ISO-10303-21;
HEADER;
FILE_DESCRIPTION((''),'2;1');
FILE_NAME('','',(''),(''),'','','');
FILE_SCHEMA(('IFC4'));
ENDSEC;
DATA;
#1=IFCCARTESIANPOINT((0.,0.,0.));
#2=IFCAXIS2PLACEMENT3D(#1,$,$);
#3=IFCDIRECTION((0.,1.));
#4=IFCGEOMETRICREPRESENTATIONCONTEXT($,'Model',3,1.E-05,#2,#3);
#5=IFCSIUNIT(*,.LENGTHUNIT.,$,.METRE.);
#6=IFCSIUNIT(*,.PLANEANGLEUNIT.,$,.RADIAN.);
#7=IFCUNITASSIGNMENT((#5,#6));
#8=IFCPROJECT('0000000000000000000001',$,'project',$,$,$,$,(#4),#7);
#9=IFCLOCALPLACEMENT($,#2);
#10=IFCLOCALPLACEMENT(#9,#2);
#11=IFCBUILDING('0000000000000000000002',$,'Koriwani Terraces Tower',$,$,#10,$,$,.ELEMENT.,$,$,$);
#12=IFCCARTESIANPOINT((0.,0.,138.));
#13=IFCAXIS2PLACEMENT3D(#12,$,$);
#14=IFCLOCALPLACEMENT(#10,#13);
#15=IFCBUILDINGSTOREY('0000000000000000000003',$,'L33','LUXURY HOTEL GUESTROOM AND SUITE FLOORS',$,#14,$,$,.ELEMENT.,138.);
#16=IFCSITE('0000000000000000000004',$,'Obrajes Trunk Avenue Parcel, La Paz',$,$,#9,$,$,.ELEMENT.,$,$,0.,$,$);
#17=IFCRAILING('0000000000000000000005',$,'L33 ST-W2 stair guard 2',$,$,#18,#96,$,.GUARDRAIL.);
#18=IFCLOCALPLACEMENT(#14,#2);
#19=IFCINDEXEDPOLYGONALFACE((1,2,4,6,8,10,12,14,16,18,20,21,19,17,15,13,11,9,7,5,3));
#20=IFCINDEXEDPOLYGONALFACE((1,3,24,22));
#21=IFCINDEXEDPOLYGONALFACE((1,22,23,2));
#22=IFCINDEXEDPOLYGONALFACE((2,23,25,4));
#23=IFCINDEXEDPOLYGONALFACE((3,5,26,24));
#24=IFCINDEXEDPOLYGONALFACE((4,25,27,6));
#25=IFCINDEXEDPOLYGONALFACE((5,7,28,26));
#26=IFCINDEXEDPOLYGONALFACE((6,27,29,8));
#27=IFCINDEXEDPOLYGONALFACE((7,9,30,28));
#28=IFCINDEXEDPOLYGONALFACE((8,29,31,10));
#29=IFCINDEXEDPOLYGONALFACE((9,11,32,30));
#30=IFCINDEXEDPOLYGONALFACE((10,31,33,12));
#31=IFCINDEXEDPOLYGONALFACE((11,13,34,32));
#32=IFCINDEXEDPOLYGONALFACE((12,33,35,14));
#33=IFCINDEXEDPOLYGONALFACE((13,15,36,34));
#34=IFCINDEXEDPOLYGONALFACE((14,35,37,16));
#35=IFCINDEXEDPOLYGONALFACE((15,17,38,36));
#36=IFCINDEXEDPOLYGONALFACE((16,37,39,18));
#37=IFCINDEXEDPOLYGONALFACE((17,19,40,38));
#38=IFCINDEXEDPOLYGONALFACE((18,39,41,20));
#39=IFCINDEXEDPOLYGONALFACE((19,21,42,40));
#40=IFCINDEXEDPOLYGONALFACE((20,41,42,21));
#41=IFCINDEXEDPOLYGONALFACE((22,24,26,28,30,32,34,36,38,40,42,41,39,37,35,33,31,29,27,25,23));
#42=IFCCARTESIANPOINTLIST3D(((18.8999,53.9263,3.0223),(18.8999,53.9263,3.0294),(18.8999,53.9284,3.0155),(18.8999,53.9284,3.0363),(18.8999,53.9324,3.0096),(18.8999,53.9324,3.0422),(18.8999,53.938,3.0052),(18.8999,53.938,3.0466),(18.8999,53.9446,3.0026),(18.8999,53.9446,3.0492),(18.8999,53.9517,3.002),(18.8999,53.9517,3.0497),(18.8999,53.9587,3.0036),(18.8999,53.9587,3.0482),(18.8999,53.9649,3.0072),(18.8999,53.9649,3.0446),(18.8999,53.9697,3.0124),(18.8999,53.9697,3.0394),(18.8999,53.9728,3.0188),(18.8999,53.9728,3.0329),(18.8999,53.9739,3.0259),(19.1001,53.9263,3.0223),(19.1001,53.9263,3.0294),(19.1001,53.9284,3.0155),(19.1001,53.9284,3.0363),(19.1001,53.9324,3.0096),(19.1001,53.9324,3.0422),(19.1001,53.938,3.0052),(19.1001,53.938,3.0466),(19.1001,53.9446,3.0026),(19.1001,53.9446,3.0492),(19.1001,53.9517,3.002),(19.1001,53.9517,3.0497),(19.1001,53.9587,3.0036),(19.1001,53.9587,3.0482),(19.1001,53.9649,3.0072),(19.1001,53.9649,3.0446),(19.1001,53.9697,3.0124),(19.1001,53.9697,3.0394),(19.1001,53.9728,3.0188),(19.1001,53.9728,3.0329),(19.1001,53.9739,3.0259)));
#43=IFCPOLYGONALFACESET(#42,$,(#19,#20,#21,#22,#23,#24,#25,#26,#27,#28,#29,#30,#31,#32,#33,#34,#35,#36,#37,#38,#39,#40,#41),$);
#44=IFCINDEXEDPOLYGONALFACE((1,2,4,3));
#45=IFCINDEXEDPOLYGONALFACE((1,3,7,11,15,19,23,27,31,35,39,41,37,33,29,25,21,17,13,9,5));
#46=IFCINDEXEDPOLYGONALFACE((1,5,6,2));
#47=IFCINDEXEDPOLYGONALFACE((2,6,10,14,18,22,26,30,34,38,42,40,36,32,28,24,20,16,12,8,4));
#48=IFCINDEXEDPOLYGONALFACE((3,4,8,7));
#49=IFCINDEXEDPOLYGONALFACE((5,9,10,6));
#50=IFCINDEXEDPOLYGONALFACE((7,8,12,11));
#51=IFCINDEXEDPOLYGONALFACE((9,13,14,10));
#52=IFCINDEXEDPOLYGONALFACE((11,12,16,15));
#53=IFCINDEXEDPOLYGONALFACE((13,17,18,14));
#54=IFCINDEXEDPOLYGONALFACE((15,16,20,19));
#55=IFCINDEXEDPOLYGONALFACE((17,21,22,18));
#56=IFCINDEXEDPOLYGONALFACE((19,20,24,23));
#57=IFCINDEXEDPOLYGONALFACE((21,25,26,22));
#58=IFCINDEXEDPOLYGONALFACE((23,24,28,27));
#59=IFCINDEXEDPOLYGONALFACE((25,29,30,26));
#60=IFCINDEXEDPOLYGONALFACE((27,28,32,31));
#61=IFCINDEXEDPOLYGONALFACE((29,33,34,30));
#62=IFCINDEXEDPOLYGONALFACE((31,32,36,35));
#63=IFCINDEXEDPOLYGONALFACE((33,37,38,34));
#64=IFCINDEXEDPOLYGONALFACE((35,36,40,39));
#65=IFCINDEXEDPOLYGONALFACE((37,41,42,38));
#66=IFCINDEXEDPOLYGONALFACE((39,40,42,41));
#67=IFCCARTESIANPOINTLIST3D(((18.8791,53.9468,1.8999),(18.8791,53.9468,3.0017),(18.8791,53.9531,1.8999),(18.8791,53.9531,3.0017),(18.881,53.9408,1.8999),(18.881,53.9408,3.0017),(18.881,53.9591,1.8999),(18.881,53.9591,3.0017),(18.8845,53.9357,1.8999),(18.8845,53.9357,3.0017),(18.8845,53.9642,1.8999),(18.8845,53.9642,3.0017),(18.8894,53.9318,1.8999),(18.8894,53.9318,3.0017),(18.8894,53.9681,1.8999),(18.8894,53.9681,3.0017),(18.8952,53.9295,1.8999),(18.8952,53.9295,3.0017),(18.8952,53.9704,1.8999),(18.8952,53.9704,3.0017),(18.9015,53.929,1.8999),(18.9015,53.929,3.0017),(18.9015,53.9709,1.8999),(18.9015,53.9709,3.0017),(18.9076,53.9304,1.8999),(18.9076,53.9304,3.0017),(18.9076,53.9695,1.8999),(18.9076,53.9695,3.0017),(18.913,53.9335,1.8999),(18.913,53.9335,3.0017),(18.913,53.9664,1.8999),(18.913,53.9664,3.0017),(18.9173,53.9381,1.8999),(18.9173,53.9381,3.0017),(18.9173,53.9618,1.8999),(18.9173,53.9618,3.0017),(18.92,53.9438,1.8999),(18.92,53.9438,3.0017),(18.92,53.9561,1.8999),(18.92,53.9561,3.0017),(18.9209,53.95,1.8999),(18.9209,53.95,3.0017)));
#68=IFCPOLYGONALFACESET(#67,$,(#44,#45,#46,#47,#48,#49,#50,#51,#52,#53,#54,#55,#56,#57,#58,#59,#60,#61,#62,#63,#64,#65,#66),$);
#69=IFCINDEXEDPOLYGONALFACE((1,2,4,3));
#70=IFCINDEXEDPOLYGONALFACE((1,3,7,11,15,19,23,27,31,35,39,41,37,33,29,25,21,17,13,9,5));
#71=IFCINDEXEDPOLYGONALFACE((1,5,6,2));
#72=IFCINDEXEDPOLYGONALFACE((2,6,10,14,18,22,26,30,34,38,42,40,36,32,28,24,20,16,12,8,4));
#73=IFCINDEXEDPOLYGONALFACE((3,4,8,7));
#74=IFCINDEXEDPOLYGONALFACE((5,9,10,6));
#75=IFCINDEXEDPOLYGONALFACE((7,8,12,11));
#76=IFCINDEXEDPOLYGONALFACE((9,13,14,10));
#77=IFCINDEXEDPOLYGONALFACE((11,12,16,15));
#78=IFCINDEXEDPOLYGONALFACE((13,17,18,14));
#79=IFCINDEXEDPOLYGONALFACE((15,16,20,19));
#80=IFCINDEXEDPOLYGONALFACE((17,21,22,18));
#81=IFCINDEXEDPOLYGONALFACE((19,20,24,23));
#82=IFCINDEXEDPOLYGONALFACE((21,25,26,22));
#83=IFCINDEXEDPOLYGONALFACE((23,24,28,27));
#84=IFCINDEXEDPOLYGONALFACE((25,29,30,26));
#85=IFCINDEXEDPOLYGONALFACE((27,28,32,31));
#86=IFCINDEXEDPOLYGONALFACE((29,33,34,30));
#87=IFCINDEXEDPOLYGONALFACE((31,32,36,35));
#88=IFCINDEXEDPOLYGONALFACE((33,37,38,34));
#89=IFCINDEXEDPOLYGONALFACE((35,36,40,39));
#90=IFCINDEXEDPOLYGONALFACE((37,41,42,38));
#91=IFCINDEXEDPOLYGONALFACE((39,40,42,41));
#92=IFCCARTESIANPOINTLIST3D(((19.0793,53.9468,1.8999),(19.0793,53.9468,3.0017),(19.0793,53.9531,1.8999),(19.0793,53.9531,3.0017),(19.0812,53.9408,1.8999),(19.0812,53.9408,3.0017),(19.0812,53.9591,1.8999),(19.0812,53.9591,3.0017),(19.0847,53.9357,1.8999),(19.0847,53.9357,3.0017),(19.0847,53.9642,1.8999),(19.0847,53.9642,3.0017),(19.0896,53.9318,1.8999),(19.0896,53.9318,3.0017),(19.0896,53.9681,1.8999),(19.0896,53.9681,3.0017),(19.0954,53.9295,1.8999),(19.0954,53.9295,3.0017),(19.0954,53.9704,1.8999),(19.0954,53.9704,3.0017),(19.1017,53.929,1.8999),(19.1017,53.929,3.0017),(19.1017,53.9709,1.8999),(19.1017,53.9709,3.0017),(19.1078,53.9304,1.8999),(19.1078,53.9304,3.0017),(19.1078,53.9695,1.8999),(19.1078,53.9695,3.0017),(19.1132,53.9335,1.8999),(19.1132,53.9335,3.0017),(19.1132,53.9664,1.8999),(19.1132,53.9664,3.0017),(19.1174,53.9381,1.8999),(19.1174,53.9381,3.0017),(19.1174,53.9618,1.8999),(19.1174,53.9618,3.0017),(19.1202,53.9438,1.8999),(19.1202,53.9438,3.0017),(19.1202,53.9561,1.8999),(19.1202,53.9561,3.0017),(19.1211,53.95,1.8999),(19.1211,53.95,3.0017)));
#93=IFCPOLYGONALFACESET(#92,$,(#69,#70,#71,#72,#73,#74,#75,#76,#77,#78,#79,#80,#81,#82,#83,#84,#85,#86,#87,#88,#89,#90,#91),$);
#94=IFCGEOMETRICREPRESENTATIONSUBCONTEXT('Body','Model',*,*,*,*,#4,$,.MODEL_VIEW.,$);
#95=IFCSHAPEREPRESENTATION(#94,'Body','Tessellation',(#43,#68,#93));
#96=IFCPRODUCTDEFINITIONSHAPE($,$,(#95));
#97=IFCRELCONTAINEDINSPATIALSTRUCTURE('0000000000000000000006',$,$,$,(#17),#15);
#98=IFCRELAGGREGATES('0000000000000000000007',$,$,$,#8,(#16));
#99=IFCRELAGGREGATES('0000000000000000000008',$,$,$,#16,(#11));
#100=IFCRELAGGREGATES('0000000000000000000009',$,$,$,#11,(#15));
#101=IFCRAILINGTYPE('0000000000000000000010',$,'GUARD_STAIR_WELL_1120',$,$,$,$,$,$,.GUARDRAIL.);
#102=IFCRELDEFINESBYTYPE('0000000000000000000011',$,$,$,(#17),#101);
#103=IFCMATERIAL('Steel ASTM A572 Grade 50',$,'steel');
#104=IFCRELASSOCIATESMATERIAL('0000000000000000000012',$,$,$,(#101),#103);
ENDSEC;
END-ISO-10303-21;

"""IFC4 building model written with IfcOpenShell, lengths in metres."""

from ifc_helpers import new_model, si_unit, direction, frame, origin, origin_2d, place, context, subcontext, project, spatial, circle, extrude, material, type_object, element, save


model = new_model("IFC4")

# Units and contexts
model_context = context("Model", 3, precision=1e-05, world=origin(), true_north=direction((0.0, 1.0)))
body_context = subcontext(model_context, "Body", "Model", "MODEL_VIEW")
ifc_project = project(units=[si_unit("LENGTHUNIT", "METRE"), si_unit("PLANEANGLEUNIT", "RADIAN")], contexts=[model_context])

# Site, building, storey
site_placement = place(None, origin())
site = spatial("IfcSite", under=ifc_project, at=site_placement, Name="Obrajes Trunk Avenue Parcel, La Paz", CompositionType="ELEMENT", RefElevation=0.0)
building_placement = place(site_placement, origin())
building = spatial("IfcBuilding", under=site, at=building_placement, Name="Koriwani Terraces Tower", CompositionType="ELEMENT")
storey_placement = place(building_placement, frame((0.0, 0.0, 138.0)))
storey = spatial("IfcBuildingStorey", under=building, at=storey_placement, Name="L33", Description="LUXURY HOTEL GUESTROOM AND SUITE FLOORS", CompositionType="ELEMENT", Elevation=138.0)

# Shared definitions
ifc_material_1 = material(Name="Steel ASTM A572 Grade 50", Category="steel")

# Railing
railing_type_1 = type_object("IfcRailingType", Name="GUARD_STAIR_WELL_1120", PredefinedType="GUARDRAIL", material=ifc_material_1)
railing_1_placement = place(storey_placement, frame((18.8999, 53.95, 1.8999)))
element("IfcRailing", 1, at=railing_1_placement, inside=storey, type_object=railing_type_1, Name="L33 ST-W2 stair guard 2", PredefinedType="GUARDRAIL", context=body_context, shape_type="SweptSolid", body=[
    extrude(circle(Radius=0.0239, at=origin_2d()), frame((0.0, 0.0, 1.126), z_axis=(1.0, 0.0, 0.0), x_axis=(0.0, 1.0, 0.0)), (0.0, 0.0, 1.0), 0.2002),
    extrude(circle(Radius=0.021, at=origin_2d()), origin(), (0.0, 0.0, 1.0), 1.1018),
    extrude(circle(Radius=0.021, at=origin_2d()), frame((0.2002, 0.0, 0.0)), (0.0, 0.0, 1.0), 1.1018),
])

save(model, "model.ifc")
